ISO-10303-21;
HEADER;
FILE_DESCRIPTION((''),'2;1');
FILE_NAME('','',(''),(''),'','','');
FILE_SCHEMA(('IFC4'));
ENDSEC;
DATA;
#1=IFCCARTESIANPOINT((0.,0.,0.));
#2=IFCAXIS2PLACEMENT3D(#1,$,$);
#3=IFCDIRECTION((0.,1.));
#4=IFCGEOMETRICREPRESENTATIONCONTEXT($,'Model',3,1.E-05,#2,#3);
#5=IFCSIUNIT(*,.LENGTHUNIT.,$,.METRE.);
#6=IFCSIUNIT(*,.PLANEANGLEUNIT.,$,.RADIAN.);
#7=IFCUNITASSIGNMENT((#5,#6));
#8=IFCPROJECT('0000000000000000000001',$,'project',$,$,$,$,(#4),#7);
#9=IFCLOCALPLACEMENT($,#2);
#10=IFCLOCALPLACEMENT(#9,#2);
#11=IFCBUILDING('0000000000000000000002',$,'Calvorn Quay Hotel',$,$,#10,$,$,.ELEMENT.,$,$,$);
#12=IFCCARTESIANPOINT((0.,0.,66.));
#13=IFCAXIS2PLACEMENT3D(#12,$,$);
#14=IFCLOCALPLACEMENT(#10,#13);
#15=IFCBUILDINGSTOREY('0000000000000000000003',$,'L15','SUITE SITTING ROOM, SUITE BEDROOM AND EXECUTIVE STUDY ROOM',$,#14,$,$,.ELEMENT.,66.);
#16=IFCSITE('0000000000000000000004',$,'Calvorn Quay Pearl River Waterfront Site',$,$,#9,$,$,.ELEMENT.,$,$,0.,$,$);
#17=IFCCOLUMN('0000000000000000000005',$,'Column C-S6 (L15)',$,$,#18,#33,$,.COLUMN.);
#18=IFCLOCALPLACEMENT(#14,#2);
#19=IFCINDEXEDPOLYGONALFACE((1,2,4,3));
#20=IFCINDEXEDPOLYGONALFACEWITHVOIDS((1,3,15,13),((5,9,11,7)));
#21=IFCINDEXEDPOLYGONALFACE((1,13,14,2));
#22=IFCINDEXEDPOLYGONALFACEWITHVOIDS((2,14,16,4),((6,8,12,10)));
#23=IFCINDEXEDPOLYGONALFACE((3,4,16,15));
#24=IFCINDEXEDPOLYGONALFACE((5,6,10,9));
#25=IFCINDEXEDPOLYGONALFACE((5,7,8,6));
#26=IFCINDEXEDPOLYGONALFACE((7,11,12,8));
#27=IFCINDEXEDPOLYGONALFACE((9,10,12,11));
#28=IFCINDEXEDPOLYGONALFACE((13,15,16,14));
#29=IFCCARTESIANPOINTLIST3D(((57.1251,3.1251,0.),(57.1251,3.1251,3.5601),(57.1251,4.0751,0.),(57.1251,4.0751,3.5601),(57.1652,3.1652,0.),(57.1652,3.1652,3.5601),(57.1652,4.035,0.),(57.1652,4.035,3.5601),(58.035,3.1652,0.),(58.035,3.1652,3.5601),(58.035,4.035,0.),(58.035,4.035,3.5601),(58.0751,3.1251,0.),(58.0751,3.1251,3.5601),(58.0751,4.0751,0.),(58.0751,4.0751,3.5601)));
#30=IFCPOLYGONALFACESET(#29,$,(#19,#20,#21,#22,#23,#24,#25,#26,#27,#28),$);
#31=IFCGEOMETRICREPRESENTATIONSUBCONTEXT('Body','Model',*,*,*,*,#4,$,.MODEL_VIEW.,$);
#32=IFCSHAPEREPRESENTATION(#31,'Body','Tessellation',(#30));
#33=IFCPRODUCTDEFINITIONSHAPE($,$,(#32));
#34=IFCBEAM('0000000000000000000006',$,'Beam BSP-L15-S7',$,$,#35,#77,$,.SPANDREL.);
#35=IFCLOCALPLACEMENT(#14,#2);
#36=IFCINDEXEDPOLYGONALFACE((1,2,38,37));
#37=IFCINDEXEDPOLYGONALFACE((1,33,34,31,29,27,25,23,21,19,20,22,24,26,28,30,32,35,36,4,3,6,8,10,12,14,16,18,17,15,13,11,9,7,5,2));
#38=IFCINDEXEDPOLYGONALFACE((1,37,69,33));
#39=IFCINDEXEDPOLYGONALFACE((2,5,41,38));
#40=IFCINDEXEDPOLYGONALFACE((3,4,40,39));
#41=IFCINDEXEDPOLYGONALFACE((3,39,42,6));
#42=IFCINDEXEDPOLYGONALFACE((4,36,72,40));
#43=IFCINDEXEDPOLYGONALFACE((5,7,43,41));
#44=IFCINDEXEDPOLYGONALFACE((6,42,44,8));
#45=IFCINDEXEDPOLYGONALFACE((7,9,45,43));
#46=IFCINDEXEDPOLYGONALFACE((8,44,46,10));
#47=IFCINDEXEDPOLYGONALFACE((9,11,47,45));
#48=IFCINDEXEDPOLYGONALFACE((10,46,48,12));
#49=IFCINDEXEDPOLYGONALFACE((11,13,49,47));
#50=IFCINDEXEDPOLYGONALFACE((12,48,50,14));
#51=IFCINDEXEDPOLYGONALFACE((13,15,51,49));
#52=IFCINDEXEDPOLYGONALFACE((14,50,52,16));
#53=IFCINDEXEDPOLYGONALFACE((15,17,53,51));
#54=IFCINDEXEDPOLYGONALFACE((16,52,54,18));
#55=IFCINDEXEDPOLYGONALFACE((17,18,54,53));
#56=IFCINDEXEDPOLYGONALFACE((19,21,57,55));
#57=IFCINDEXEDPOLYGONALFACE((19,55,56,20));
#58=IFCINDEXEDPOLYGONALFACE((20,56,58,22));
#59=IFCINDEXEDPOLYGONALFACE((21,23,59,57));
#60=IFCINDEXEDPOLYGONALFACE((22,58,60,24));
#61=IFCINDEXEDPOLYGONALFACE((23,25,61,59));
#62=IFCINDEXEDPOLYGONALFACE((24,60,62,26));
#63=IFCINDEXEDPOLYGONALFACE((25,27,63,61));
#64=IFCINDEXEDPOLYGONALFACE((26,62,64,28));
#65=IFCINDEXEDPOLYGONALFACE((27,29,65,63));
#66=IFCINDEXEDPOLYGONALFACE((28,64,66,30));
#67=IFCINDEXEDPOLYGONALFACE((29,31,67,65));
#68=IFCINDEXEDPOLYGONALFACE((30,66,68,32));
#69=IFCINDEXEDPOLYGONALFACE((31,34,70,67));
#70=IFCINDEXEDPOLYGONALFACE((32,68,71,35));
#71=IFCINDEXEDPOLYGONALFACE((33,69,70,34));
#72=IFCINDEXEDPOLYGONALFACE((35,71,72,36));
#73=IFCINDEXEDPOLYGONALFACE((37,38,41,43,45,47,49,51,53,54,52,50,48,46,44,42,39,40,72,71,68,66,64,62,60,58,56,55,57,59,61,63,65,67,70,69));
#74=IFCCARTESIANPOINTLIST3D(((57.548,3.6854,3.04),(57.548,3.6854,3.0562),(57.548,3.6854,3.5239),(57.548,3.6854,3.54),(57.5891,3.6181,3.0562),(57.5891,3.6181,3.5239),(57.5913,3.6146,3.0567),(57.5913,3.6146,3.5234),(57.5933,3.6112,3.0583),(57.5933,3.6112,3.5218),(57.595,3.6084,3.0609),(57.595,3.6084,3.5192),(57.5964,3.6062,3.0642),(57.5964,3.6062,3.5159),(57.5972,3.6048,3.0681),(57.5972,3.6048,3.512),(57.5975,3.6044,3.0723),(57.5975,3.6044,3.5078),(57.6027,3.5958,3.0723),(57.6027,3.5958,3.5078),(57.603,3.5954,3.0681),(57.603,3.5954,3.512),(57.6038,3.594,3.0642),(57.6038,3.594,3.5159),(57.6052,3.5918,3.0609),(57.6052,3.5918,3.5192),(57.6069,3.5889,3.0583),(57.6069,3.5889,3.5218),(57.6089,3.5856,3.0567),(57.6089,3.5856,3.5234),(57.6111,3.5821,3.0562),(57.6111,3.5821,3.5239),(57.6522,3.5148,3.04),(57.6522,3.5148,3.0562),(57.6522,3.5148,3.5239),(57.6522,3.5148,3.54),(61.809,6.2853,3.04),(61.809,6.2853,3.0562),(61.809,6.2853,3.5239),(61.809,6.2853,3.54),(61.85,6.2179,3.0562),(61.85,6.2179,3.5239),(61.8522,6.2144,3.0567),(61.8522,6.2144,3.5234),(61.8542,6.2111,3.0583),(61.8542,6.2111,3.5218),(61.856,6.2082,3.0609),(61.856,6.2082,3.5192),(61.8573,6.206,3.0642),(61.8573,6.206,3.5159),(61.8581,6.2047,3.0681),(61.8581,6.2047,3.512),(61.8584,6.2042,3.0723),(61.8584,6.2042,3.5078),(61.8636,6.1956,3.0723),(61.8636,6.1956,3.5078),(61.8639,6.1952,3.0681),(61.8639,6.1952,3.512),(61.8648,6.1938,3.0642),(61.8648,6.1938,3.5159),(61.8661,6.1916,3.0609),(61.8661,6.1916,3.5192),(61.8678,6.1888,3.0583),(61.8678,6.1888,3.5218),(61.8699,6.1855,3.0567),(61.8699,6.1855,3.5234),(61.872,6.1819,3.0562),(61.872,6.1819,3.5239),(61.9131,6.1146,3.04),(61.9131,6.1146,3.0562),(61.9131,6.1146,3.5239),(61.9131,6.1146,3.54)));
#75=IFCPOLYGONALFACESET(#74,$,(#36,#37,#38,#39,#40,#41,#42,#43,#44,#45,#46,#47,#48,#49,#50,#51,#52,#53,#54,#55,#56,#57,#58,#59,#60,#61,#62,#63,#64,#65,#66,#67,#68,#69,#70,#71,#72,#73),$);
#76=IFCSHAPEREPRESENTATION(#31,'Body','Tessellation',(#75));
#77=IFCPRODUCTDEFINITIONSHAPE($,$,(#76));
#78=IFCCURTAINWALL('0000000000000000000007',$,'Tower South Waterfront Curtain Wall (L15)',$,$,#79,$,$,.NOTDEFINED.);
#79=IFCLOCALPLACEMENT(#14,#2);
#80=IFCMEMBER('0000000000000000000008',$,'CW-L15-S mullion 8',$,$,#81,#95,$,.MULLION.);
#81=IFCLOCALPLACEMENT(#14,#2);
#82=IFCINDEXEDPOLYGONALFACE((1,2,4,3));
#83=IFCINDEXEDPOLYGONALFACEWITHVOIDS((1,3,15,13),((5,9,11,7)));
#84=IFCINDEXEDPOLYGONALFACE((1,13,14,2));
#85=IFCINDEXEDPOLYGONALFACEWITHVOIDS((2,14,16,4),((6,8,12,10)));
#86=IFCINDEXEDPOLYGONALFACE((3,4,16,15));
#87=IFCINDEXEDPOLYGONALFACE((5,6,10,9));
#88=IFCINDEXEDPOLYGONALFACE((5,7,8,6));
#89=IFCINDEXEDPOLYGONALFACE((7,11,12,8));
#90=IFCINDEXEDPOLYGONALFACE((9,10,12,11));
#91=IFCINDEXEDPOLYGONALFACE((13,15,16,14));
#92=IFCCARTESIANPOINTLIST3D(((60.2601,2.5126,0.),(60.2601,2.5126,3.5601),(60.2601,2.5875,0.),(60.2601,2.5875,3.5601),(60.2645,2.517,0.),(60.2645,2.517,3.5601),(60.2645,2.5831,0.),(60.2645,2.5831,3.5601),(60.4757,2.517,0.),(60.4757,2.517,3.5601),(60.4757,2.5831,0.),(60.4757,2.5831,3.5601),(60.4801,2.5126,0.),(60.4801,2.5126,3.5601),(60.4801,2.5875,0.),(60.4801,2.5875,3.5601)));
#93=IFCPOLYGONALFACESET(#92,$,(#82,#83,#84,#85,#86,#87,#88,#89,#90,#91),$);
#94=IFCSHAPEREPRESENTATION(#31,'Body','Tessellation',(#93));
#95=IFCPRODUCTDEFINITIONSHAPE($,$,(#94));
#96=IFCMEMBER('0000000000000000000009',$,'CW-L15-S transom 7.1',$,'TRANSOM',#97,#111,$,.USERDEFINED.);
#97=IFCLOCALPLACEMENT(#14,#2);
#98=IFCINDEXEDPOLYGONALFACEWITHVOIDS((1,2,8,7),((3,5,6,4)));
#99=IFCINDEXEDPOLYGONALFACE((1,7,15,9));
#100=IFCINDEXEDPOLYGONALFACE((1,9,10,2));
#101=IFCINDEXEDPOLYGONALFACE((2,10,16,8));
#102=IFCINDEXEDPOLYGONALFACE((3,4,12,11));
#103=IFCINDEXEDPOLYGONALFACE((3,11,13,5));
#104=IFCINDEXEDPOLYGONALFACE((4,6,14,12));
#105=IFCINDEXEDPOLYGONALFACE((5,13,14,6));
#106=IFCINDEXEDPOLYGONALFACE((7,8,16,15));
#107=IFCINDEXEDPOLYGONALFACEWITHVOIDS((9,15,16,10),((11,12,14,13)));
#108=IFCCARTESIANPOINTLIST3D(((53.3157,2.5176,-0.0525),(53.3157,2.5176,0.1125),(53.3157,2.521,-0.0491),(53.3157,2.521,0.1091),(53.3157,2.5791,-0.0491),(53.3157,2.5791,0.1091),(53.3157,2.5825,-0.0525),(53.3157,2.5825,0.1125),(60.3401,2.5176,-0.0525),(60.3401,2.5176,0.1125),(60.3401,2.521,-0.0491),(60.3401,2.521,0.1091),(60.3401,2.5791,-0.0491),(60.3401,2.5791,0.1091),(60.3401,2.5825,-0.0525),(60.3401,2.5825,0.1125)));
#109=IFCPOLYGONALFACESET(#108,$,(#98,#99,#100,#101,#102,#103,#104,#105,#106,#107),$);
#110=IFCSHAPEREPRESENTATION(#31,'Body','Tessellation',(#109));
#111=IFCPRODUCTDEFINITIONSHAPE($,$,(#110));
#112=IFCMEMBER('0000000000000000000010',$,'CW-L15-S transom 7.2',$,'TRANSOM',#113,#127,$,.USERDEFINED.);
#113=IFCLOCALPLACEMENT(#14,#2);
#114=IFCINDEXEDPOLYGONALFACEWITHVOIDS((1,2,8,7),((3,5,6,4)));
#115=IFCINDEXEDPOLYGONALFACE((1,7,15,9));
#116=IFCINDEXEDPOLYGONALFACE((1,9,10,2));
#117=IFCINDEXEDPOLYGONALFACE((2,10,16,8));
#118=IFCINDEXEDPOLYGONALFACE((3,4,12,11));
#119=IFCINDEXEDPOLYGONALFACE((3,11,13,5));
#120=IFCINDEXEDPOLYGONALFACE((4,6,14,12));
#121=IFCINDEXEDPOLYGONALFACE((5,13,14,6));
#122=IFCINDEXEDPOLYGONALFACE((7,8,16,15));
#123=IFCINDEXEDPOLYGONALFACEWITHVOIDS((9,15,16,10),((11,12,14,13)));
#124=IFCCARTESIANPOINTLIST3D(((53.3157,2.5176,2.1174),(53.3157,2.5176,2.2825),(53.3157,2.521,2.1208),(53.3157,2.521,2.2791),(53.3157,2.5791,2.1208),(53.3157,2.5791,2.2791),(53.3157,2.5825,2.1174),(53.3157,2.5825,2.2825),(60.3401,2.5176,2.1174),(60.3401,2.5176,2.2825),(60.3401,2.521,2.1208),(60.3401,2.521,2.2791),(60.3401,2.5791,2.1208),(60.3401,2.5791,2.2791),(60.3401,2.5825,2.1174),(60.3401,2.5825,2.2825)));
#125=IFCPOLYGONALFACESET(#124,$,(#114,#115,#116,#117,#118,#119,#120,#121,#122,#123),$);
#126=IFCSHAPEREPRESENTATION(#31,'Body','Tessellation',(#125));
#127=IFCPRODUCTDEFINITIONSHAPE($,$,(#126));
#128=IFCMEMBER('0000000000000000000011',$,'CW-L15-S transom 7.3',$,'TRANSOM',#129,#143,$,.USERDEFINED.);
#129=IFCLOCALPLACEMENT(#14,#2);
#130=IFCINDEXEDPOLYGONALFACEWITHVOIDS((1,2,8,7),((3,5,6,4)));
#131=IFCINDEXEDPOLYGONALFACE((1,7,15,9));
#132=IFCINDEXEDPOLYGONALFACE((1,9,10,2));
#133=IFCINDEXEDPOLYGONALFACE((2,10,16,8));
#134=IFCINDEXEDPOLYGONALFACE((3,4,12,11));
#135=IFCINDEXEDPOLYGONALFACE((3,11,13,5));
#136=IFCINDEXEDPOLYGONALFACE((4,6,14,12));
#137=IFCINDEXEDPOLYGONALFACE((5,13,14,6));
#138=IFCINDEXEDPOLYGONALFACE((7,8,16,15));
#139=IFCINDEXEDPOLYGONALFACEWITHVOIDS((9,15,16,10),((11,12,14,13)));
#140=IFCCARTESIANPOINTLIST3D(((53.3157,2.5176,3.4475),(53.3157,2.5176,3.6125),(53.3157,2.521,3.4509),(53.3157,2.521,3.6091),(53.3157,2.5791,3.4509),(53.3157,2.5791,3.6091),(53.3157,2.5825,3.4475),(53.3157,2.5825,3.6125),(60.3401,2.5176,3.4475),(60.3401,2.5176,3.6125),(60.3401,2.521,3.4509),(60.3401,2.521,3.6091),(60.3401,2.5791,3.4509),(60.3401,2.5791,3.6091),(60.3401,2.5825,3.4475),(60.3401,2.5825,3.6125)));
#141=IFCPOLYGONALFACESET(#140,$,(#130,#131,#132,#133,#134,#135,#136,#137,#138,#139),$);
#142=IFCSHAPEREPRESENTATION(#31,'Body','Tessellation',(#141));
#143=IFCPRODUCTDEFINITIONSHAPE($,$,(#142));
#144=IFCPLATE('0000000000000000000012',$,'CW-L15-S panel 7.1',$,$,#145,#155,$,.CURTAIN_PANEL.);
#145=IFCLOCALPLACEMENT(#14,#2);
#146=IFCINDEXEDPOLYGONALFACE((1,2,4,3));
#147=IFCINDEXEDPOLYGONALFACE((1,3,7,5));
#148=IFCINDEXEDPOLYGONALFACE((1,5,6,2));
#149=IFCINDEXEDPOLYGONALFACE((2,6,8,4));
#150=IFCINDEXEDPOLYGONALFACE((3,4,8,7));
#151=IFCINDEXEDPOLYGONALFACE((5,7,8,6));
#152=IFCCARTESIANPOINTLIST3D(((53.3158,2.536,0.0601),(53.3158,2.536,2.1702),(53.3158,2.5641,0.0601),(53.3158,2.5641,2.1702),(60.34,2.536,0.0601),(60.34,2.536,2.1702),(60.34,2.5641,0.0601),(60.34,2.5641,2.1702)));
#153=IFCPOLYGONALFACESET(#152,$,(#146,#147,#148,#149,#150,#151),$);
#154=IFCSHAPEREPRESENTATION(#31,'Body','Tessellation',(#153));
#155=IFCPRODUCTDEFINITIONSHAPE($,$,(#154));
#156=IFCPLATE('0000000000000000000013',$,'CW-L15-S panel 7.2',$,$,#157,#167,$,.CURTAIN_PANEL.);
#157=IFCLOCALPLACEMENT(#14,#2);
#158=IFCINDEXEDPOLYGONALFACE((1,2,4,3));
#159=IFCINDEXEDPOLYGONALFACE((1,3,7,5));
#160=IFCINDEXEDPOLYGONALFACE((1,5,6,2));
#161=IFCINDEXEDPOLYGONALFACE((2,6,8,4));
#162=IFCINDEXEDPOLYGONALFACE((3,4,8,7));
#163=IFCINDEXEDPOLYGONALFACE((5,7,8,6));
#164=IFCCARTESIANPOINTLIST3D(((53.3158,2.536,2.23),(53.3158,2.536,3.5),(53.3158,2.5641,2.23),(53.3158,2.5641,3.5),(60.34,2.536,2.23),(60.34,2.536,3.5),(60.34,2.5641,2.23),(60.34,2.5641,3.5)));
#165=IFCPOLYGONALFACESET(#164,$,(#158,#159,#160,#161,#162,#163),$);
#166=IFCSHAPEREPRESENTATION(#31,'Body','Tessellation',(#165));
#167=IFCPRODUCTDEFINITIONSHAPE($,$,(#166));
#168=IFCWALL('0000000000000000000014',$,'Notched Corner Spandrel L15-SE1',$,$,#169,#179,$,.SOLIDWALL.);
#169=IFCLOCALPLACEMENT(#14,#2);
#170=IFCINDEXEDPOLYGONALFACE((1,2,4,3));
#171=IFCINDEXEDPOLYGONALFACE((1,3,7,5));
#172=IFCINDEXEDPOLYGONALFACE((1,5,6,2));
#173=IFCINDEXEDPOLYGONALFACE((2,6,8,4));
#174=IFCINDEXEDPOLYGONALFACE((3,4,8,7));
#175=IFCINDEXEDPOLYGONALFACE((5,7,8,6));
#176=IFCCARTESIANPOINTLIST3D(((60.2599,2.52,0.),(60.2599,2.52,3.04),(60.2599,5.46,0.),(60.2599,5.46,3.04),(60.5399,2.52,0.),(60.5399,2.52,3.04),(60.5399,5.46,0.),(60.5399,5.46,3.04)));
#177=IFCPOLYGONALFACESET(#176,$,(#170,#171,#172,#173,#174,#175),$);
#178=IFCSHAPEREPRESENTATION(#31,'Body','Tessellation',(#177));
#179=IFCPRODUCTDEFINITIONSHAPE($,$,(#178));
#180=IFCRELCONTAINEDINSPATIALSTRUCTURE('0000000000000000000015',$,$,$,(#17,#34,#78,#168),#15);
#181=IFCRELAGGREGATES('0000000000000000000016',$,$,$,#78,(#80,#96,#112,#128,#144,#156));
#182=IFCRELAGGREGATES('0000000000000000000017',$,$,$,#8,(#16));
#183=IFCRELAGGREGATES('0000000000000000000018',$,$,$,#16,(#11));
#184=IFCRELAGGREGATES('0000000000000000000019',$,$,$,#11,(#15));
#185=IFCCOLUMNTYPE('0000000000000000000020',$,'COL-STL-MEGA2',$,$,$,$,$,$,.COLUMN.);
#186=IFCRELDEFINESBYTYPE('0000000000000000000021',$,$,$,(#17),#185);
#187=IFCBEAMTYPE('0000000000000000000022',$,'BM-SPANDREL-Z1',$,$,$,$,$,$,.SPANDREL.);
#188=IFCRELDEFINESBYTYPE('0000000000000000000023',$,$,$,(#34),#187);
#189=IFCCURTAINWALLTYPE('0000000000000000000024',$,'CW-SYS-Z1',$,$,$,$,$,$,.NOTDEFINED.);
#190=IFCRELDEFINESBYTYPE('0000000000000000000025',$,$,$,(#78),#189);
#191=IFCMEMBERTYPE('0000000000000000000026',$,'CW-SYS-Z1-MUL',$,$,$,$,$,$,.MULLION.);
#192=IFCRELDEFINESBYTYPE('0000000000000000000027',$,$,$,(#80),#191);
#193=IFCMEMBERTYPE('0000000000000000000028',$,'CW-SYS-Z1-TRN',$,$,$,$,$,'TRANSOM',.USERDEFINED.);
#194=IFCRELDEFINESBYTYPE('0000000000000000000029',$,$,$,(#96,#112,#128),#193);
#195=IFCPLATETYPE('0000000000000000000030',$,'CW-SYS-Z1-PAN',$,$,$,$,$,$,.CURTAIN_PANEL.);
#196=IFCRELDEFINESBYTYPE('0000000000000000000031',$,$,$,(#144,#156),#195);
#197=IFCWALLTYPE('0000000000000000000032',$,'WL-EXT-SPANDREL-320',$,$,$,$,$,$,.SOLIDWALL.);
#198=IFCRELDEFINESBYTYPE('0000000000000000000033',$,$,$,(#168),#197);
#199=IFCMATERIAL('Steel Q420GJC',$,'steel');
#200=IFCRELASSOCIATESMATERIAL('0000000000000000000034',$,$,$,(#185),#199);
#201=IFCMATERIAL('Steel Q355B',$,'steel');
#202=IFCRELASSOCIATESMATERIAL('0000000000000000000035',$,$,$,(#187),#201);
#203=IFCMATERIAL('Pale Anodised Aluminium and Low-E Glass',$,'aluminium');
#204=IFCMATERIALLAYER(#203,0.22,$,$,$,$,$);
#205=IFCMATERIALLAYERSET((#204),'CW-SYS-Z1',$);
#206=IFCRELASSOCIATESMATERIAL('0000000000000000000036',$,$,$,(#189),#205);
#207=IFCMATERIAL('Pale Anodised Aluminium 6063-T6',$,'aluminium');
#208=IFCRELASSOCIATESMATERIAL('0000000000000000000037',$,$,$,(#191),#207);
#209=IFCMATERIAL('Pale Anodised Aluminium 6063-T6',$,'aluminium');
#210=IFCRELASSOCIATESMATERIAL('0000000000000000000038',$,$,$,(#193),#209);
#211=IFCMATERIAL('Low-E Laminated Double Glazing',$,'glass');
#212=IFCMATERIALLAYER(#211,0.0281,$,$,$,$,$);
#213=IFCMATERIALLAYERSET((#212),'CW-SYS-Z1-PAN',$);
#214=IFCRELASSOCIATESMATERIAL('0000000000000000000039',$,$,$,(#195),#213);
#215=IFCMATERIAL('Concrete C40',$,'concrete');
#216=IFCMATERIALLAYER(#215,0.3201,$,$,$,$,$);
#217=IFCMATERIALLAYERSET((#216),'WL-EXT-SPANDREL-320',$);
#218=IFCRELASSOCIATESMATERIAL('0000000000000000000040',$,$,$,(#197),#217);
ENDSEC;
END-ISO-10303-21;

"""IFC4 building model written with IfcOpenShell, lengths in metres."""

from ifc_helpers import new_model, si_unit, direction, frame, frame_2d, origin, origin_2d, place, context, subcontext, project, spatial, rectangle, hollow_rectangle, i_section, extrude, material, layer, layer_set, material_profile, profile_set, type_object, element, aggregate, save


model = new_model("IFC4")

# Units and contexts
model_context = context("Model", 3, precision=1e-05, world=origin(), true_north=direction((0.0, 1.0)))
body_context = subcontext(model_context, "Body", "Model", "MODEL_VIEW")
ifc_project = project(units=[si_unit("LENGTHUNIT", "METRE"), si_unit("PLANEANGLEUNIT", "RADIAN")], contexts=[model_context])

# Site, building, storey
site_placement = place(None, origin())
site = spatial("IfcSite", under=ifc_project, at=site_placement, Name="Calvorn Quay Pearl River Waterfront Site", CompositionType="ELEMENT", RefElevation=0.0)
building_placement = place(site_placement, origin())
building = spatial("IfcBuilding", under=site, at=building_placement, Name="Calvorn Quay Hotel", CompositionType="ELEMENT")
storey_placement = place(building_placement, frame((0.0, 0.0, 66.0)))
storey = spatial("IfcBuildingStorey", under=building, at=storey_placement, Name="L15", Description="SUITE SITTING ROOM, SUITE BEDROOM AND EXECUTIVE STUDY ROOM", CompositionType="ELEMENT", Elevation=66.0)

# Column
ifc_material_1 = material(Name="Steel Q420GJC", Category="steel")
ifc_material_profile_1 = material_profile(ifc_material_1, hollow_rectangle(XDim=0.95, YDim=0.95, WallThickness=0.04, at=origin_2d()), Name="BOX950x950x40")
ifc_profile_set_1 = profile_set([ifc_material_profile_1], Name="Steel Q420GJC")
column_type = type_object("IfcColumnType", Name="COL-STL-MEGA2", PredefinedType="COLUMN", material=ifc_profile_set_1)
column_placement = place(storey_placement, frame((57.6001, 3.6001, 0.0), z_axis=(0.0, 0.0, 1.0), x_axis=(1.0, 0.0, 0.0)))
element("IfcColumn", 1, at=column_placement, inside=storey, type_object=column_type, Name="Column C-S6 (L15)", PredefinedType="COLUMN", context=body_context, shape_type="SweptSolid", body=[
    extrude(hollow_rectangle(XDim=0.95, YDim=0.95, WallThickness=0.04, at=origin_2d()), origin(), (0.0, 0.0, 1.0), 3.5601),
])

# Beam
ifc_material_2 = material(Name="Steel Q355B", Category="steel")
ifc_material_profile_2 = material_profile(ifc_material_2, i_section(OverallWidth=0.2, OverallDepth=0.5, WebThickness=0.01, FlangeThickness=0.0161, FilletRadius=0.0161, at=origin_2d()), Name="HN500x200x10x16")
ifc_profile_set_2 = profile_set([ifc_material_profile_2], Name="Steel Q355B")
beam_type = type_object("IfcBeamType", Name="BM-SPANDREL-Z1", PredefinedType="SPANDREL", material=ifc_profile_set_2)
beam_placement = place(storey_placement, frame((57.6001, 3.6001, 3.29), z_axis=(0.853646, 0.520854, 0.0), x_axis=(-0.520854, 0.853646, 0.0)))
element("IfcBeam", 2, at=beam_placement, inside=storey, type_object=beam_type, Name="Beam BSP-L15-S7", PredefinedType="SPANDREL", context=body_context, shape_type="SweptSolid", body=[
    extrude(i_section(OverallWidth=0.2, OverallDepth=0.5, WebThickness=0.01, FlangeThickness=0.0161, FilletRadius=0.0161, at=origin_2d()), origin(), (0.0, 0.0, 1.0), 4.9915),
])

# Curtain wall, members, plates
ifc_material_3 = material(Name="Pale Anodised Aluminium and Low-E Glass", Category="aluminium")
ifc_layer_1 = layer(ifc_material_3, 0.22)
ifc_layer_set_1 = layer_set([ifc_layer_1], Name="CW-SYS-Z1")
curtain_wall_type = type_object("IfcCurtainWallType", Name="CW-SYS-Z1", PredefinedType="NOTDEFINED", material=ifc_layer_set_1)
curtain_wall_placement = place(storey_placement, origin())
curtain_wall = element("IfcCurtainWall", 3, at=curtain_wall_placement, inside=storey, type_object=curtain_wall_type, Name="Tower South Waterfront Curtain Wall (L15)", PredefinedType="NOTDEFINED")
ifc_material_4 = material(Name="Pale Anodised Aluminium 6063-T6", Category="aluminium")
ifc_material_profile_3 = material_profile(ifc_material_4, hollow_rectangle(XDim=0.075, YDim=0.22, WallThickness=0.0044, at=origin_2d()), Name="ALU-M220x75x4.5")
ifc_profile_set_3 = profile_set([ifc_material_profile_3], Name="Pale Anodised Aluminium 6063-T6")
member_type_1 = type_object("IfcMemberType", Name="CW-SYS-Z1-MUL", PredefinedType="MULLION", material=ifc_profile_set_3)
member_1_placement = place(storey_placement, frame((60.3701, 2.55, 0.0), z_axis=(0.0, 0.0, 1.0), x_axis=(0.0, 1.0, 0.0)))
member_1 = element("IfcMember", 4, at=member_1_placement, type_object=member_type_1, Name="CW-L15-S mullion 8", PredefinedType="MULLION", context=body_context, shape_type="SweptSolid", body=[
    extrude(hollow_rectangle(XDim=0.075, YDim=0.22, WallThickness=0.0044, at=origin_2d()), origin(), (0.0, 0.0, 1.0), 3.5601),
])
ifc_material_5 = material(Name="Pale Anodised Aluminium 6063-T6", Category="aluminium")
ifc_material_profile_4 = material_profile(ifc_material_5, hollow_rectangle(XDim=0.0649, YDim=0.165, WallThickness=0.0034, at=origin_2d()), Name="ALU-T165x65x3.5")
ifc_profile_set_4 = profile_set([ifc_material_profile_4], Name="Pale Anodised Aluminium 6063-T6")
member_type_2 = type_object("IfcMemberType", Name="CW-SYS-Z1-TRN", ElementType="TRANSOM", PredefinedType="USERDEFINED", material=ifc_profile_set_4)
member_2_placement = place(storey_placement, frame((53.3157, 2.55, 0.03), z_axis=(1.0, 0.0, 0.0), x_axis=(0.0, 1.0, 0.0)))
member_2 = element("IfcMember", 5, at=member_2_placement, type_object=member_type_2, Name="CW-L15-S transom 7.1", ObjectType="TRANSOM", PredefinedType="USERDEFINED", context=body_context, shape_type="SweptSolid", body=[
    extrude(hollow_rectangle(XDim=0.0649, YDim=0.165, WallThickness=0.0034, at=origin_2d()), origin(), (0.0, 0.0, 1.0), 7.0244),
])
member_3_placement = place(storey_placement, frame((53.3157, 2.55, 2.2), z_axis=(1.0, 0.0, 0.0), x_axis=(0.0, 1.0, 0.0)))
member_3 = element("IfcMember", 6, at=member_3_placement, type_object=member_type_2, Name="CW-L15-S transom 7.2", ObjectType="TRANSOM", PredefinedType="USERDEFINED", context=body_context, shape_type="SweptSolid", body=[
    extrude(hollow_rectangle(XDim=0.0649, YDim=0.165, WallThickness=0.0034, at=origin_2d()), origin(), (0.0, 0.0, 1.0), 7.0244),
])
member_4_placement = place(storey_placement, frame((53.3157, 2.55, 3.53), z_axis=(1.0, 0.0, 0.0), x_axis=(0.0, 1.0, 0.0)))
member_4 = element("IfcMember", 7, at=member_4_placement, type_object=member_type_2, Name="CW-L15-S transom 7.3", ObjectType="TRANSOM", PredefinedType="USERDEFINED", context=body_context, shape_type="SweptSolid", body=[
    extrude(hollow_rectangle(XDim=0.0649, YDim=0.165, WallThickness=0.0034, at=origin_2d()), origin(), (0.0, 0.0, 1.0), 7.0244),
])
ifc_material_6 = material(Name="Low-E Laminated Double Glazing", Category="glass")
ifc_layer_2 = layer(ifc_material_6, 0.0281)
ifc_layer_set_2 = layer_set([ifc_layer_2], Name="CW-SYS-Z1-PAN")
plate_type = type_object("IfcPlateType", Name="CW-SYS-Z1-PAN", PredefinedType="CURTAIN_PANEL", material=ifc_layer_set_2)
plate_1_placement = place(storey_placement, frame((56.8279, 2.55, 0.0601), z_axis=(0.0, 0.0, 1.0), x_axis=(1.0, 0.0, 0.0)))
plate_1 = element("IfcPlate", 8, at=plate_1_placement, type_object=plate_type, Name="CW-L15-S panel 7.1", PredefinedType="CURTAIN_PANEL", context=body_context, shape_type="SweptSolid", body=[
    extrude(rectangle(XDim=7.0242, YDim=0.0281, at=origin_2d()), origin(), (0.0, 0.0, 1.0), 2.1101),
])
plate_2_placement = place(storey_placement, frame((56.8279, 2.55, 2.23), z_axis=(0.0, 0.0, 1.0), x_axis=(1.0, 0.0, 0.0)))
plate_2 = element("IfcPlate", 9, at=plate_2_placement, type_object=plate_type, Name="CW-L15-S panel 7.2", PredefinedType="CURTAIN_PANEL", context=body_context, shape_type="SweptSolid", body=[
    extrude(rectangle(XDim=7.0242, YDim=0.0281, at=origin_2d()), origin(), (0.0, 0.0, 1.0), 1.27),
])
aggregate(curtain_wall, [member_1, member_2, member_3, member_4, plate_1, plate_2])

# Wall
ifc_material_7 = material(Name="Concrete C40", Category="concrete")
ifc_layer_3 = layer(ifc_material_7, 0.3201)
ifc_layer_set_3 = layer_set([ifc_layer_3], Name="WL-EXT-SPANDREL-320")
wall_type = type_object("IfcWallType", Name="WL-EXT-SPANDREL-320", PredefinedType="SOLIDWALL", material=ifc_layer_set_3)
wall_1_placement = place(storey_placement, frame((60.3999, 2.52, 0.0), z_axis=(0.0, 0.0, 1.0), x_axis=(0.0, 1.0, 0.0)))
element("IfcWall", 10, at=wall_1_placement, inside=storey, type_object=wall_type, Name="Notched Corner Spandrel L15-SE1", PredefinedType="SOLIDWALL", context=body_context, shape_type="SweptSolid", body=[
    extrude(rectangle(XDim=2.9399, YDim=0.28, at=frame_2d((1.47, 0.0))), origin(), (0.0, 0.0, 1.0), 3.04),
])

save(model, "model.ifc")
